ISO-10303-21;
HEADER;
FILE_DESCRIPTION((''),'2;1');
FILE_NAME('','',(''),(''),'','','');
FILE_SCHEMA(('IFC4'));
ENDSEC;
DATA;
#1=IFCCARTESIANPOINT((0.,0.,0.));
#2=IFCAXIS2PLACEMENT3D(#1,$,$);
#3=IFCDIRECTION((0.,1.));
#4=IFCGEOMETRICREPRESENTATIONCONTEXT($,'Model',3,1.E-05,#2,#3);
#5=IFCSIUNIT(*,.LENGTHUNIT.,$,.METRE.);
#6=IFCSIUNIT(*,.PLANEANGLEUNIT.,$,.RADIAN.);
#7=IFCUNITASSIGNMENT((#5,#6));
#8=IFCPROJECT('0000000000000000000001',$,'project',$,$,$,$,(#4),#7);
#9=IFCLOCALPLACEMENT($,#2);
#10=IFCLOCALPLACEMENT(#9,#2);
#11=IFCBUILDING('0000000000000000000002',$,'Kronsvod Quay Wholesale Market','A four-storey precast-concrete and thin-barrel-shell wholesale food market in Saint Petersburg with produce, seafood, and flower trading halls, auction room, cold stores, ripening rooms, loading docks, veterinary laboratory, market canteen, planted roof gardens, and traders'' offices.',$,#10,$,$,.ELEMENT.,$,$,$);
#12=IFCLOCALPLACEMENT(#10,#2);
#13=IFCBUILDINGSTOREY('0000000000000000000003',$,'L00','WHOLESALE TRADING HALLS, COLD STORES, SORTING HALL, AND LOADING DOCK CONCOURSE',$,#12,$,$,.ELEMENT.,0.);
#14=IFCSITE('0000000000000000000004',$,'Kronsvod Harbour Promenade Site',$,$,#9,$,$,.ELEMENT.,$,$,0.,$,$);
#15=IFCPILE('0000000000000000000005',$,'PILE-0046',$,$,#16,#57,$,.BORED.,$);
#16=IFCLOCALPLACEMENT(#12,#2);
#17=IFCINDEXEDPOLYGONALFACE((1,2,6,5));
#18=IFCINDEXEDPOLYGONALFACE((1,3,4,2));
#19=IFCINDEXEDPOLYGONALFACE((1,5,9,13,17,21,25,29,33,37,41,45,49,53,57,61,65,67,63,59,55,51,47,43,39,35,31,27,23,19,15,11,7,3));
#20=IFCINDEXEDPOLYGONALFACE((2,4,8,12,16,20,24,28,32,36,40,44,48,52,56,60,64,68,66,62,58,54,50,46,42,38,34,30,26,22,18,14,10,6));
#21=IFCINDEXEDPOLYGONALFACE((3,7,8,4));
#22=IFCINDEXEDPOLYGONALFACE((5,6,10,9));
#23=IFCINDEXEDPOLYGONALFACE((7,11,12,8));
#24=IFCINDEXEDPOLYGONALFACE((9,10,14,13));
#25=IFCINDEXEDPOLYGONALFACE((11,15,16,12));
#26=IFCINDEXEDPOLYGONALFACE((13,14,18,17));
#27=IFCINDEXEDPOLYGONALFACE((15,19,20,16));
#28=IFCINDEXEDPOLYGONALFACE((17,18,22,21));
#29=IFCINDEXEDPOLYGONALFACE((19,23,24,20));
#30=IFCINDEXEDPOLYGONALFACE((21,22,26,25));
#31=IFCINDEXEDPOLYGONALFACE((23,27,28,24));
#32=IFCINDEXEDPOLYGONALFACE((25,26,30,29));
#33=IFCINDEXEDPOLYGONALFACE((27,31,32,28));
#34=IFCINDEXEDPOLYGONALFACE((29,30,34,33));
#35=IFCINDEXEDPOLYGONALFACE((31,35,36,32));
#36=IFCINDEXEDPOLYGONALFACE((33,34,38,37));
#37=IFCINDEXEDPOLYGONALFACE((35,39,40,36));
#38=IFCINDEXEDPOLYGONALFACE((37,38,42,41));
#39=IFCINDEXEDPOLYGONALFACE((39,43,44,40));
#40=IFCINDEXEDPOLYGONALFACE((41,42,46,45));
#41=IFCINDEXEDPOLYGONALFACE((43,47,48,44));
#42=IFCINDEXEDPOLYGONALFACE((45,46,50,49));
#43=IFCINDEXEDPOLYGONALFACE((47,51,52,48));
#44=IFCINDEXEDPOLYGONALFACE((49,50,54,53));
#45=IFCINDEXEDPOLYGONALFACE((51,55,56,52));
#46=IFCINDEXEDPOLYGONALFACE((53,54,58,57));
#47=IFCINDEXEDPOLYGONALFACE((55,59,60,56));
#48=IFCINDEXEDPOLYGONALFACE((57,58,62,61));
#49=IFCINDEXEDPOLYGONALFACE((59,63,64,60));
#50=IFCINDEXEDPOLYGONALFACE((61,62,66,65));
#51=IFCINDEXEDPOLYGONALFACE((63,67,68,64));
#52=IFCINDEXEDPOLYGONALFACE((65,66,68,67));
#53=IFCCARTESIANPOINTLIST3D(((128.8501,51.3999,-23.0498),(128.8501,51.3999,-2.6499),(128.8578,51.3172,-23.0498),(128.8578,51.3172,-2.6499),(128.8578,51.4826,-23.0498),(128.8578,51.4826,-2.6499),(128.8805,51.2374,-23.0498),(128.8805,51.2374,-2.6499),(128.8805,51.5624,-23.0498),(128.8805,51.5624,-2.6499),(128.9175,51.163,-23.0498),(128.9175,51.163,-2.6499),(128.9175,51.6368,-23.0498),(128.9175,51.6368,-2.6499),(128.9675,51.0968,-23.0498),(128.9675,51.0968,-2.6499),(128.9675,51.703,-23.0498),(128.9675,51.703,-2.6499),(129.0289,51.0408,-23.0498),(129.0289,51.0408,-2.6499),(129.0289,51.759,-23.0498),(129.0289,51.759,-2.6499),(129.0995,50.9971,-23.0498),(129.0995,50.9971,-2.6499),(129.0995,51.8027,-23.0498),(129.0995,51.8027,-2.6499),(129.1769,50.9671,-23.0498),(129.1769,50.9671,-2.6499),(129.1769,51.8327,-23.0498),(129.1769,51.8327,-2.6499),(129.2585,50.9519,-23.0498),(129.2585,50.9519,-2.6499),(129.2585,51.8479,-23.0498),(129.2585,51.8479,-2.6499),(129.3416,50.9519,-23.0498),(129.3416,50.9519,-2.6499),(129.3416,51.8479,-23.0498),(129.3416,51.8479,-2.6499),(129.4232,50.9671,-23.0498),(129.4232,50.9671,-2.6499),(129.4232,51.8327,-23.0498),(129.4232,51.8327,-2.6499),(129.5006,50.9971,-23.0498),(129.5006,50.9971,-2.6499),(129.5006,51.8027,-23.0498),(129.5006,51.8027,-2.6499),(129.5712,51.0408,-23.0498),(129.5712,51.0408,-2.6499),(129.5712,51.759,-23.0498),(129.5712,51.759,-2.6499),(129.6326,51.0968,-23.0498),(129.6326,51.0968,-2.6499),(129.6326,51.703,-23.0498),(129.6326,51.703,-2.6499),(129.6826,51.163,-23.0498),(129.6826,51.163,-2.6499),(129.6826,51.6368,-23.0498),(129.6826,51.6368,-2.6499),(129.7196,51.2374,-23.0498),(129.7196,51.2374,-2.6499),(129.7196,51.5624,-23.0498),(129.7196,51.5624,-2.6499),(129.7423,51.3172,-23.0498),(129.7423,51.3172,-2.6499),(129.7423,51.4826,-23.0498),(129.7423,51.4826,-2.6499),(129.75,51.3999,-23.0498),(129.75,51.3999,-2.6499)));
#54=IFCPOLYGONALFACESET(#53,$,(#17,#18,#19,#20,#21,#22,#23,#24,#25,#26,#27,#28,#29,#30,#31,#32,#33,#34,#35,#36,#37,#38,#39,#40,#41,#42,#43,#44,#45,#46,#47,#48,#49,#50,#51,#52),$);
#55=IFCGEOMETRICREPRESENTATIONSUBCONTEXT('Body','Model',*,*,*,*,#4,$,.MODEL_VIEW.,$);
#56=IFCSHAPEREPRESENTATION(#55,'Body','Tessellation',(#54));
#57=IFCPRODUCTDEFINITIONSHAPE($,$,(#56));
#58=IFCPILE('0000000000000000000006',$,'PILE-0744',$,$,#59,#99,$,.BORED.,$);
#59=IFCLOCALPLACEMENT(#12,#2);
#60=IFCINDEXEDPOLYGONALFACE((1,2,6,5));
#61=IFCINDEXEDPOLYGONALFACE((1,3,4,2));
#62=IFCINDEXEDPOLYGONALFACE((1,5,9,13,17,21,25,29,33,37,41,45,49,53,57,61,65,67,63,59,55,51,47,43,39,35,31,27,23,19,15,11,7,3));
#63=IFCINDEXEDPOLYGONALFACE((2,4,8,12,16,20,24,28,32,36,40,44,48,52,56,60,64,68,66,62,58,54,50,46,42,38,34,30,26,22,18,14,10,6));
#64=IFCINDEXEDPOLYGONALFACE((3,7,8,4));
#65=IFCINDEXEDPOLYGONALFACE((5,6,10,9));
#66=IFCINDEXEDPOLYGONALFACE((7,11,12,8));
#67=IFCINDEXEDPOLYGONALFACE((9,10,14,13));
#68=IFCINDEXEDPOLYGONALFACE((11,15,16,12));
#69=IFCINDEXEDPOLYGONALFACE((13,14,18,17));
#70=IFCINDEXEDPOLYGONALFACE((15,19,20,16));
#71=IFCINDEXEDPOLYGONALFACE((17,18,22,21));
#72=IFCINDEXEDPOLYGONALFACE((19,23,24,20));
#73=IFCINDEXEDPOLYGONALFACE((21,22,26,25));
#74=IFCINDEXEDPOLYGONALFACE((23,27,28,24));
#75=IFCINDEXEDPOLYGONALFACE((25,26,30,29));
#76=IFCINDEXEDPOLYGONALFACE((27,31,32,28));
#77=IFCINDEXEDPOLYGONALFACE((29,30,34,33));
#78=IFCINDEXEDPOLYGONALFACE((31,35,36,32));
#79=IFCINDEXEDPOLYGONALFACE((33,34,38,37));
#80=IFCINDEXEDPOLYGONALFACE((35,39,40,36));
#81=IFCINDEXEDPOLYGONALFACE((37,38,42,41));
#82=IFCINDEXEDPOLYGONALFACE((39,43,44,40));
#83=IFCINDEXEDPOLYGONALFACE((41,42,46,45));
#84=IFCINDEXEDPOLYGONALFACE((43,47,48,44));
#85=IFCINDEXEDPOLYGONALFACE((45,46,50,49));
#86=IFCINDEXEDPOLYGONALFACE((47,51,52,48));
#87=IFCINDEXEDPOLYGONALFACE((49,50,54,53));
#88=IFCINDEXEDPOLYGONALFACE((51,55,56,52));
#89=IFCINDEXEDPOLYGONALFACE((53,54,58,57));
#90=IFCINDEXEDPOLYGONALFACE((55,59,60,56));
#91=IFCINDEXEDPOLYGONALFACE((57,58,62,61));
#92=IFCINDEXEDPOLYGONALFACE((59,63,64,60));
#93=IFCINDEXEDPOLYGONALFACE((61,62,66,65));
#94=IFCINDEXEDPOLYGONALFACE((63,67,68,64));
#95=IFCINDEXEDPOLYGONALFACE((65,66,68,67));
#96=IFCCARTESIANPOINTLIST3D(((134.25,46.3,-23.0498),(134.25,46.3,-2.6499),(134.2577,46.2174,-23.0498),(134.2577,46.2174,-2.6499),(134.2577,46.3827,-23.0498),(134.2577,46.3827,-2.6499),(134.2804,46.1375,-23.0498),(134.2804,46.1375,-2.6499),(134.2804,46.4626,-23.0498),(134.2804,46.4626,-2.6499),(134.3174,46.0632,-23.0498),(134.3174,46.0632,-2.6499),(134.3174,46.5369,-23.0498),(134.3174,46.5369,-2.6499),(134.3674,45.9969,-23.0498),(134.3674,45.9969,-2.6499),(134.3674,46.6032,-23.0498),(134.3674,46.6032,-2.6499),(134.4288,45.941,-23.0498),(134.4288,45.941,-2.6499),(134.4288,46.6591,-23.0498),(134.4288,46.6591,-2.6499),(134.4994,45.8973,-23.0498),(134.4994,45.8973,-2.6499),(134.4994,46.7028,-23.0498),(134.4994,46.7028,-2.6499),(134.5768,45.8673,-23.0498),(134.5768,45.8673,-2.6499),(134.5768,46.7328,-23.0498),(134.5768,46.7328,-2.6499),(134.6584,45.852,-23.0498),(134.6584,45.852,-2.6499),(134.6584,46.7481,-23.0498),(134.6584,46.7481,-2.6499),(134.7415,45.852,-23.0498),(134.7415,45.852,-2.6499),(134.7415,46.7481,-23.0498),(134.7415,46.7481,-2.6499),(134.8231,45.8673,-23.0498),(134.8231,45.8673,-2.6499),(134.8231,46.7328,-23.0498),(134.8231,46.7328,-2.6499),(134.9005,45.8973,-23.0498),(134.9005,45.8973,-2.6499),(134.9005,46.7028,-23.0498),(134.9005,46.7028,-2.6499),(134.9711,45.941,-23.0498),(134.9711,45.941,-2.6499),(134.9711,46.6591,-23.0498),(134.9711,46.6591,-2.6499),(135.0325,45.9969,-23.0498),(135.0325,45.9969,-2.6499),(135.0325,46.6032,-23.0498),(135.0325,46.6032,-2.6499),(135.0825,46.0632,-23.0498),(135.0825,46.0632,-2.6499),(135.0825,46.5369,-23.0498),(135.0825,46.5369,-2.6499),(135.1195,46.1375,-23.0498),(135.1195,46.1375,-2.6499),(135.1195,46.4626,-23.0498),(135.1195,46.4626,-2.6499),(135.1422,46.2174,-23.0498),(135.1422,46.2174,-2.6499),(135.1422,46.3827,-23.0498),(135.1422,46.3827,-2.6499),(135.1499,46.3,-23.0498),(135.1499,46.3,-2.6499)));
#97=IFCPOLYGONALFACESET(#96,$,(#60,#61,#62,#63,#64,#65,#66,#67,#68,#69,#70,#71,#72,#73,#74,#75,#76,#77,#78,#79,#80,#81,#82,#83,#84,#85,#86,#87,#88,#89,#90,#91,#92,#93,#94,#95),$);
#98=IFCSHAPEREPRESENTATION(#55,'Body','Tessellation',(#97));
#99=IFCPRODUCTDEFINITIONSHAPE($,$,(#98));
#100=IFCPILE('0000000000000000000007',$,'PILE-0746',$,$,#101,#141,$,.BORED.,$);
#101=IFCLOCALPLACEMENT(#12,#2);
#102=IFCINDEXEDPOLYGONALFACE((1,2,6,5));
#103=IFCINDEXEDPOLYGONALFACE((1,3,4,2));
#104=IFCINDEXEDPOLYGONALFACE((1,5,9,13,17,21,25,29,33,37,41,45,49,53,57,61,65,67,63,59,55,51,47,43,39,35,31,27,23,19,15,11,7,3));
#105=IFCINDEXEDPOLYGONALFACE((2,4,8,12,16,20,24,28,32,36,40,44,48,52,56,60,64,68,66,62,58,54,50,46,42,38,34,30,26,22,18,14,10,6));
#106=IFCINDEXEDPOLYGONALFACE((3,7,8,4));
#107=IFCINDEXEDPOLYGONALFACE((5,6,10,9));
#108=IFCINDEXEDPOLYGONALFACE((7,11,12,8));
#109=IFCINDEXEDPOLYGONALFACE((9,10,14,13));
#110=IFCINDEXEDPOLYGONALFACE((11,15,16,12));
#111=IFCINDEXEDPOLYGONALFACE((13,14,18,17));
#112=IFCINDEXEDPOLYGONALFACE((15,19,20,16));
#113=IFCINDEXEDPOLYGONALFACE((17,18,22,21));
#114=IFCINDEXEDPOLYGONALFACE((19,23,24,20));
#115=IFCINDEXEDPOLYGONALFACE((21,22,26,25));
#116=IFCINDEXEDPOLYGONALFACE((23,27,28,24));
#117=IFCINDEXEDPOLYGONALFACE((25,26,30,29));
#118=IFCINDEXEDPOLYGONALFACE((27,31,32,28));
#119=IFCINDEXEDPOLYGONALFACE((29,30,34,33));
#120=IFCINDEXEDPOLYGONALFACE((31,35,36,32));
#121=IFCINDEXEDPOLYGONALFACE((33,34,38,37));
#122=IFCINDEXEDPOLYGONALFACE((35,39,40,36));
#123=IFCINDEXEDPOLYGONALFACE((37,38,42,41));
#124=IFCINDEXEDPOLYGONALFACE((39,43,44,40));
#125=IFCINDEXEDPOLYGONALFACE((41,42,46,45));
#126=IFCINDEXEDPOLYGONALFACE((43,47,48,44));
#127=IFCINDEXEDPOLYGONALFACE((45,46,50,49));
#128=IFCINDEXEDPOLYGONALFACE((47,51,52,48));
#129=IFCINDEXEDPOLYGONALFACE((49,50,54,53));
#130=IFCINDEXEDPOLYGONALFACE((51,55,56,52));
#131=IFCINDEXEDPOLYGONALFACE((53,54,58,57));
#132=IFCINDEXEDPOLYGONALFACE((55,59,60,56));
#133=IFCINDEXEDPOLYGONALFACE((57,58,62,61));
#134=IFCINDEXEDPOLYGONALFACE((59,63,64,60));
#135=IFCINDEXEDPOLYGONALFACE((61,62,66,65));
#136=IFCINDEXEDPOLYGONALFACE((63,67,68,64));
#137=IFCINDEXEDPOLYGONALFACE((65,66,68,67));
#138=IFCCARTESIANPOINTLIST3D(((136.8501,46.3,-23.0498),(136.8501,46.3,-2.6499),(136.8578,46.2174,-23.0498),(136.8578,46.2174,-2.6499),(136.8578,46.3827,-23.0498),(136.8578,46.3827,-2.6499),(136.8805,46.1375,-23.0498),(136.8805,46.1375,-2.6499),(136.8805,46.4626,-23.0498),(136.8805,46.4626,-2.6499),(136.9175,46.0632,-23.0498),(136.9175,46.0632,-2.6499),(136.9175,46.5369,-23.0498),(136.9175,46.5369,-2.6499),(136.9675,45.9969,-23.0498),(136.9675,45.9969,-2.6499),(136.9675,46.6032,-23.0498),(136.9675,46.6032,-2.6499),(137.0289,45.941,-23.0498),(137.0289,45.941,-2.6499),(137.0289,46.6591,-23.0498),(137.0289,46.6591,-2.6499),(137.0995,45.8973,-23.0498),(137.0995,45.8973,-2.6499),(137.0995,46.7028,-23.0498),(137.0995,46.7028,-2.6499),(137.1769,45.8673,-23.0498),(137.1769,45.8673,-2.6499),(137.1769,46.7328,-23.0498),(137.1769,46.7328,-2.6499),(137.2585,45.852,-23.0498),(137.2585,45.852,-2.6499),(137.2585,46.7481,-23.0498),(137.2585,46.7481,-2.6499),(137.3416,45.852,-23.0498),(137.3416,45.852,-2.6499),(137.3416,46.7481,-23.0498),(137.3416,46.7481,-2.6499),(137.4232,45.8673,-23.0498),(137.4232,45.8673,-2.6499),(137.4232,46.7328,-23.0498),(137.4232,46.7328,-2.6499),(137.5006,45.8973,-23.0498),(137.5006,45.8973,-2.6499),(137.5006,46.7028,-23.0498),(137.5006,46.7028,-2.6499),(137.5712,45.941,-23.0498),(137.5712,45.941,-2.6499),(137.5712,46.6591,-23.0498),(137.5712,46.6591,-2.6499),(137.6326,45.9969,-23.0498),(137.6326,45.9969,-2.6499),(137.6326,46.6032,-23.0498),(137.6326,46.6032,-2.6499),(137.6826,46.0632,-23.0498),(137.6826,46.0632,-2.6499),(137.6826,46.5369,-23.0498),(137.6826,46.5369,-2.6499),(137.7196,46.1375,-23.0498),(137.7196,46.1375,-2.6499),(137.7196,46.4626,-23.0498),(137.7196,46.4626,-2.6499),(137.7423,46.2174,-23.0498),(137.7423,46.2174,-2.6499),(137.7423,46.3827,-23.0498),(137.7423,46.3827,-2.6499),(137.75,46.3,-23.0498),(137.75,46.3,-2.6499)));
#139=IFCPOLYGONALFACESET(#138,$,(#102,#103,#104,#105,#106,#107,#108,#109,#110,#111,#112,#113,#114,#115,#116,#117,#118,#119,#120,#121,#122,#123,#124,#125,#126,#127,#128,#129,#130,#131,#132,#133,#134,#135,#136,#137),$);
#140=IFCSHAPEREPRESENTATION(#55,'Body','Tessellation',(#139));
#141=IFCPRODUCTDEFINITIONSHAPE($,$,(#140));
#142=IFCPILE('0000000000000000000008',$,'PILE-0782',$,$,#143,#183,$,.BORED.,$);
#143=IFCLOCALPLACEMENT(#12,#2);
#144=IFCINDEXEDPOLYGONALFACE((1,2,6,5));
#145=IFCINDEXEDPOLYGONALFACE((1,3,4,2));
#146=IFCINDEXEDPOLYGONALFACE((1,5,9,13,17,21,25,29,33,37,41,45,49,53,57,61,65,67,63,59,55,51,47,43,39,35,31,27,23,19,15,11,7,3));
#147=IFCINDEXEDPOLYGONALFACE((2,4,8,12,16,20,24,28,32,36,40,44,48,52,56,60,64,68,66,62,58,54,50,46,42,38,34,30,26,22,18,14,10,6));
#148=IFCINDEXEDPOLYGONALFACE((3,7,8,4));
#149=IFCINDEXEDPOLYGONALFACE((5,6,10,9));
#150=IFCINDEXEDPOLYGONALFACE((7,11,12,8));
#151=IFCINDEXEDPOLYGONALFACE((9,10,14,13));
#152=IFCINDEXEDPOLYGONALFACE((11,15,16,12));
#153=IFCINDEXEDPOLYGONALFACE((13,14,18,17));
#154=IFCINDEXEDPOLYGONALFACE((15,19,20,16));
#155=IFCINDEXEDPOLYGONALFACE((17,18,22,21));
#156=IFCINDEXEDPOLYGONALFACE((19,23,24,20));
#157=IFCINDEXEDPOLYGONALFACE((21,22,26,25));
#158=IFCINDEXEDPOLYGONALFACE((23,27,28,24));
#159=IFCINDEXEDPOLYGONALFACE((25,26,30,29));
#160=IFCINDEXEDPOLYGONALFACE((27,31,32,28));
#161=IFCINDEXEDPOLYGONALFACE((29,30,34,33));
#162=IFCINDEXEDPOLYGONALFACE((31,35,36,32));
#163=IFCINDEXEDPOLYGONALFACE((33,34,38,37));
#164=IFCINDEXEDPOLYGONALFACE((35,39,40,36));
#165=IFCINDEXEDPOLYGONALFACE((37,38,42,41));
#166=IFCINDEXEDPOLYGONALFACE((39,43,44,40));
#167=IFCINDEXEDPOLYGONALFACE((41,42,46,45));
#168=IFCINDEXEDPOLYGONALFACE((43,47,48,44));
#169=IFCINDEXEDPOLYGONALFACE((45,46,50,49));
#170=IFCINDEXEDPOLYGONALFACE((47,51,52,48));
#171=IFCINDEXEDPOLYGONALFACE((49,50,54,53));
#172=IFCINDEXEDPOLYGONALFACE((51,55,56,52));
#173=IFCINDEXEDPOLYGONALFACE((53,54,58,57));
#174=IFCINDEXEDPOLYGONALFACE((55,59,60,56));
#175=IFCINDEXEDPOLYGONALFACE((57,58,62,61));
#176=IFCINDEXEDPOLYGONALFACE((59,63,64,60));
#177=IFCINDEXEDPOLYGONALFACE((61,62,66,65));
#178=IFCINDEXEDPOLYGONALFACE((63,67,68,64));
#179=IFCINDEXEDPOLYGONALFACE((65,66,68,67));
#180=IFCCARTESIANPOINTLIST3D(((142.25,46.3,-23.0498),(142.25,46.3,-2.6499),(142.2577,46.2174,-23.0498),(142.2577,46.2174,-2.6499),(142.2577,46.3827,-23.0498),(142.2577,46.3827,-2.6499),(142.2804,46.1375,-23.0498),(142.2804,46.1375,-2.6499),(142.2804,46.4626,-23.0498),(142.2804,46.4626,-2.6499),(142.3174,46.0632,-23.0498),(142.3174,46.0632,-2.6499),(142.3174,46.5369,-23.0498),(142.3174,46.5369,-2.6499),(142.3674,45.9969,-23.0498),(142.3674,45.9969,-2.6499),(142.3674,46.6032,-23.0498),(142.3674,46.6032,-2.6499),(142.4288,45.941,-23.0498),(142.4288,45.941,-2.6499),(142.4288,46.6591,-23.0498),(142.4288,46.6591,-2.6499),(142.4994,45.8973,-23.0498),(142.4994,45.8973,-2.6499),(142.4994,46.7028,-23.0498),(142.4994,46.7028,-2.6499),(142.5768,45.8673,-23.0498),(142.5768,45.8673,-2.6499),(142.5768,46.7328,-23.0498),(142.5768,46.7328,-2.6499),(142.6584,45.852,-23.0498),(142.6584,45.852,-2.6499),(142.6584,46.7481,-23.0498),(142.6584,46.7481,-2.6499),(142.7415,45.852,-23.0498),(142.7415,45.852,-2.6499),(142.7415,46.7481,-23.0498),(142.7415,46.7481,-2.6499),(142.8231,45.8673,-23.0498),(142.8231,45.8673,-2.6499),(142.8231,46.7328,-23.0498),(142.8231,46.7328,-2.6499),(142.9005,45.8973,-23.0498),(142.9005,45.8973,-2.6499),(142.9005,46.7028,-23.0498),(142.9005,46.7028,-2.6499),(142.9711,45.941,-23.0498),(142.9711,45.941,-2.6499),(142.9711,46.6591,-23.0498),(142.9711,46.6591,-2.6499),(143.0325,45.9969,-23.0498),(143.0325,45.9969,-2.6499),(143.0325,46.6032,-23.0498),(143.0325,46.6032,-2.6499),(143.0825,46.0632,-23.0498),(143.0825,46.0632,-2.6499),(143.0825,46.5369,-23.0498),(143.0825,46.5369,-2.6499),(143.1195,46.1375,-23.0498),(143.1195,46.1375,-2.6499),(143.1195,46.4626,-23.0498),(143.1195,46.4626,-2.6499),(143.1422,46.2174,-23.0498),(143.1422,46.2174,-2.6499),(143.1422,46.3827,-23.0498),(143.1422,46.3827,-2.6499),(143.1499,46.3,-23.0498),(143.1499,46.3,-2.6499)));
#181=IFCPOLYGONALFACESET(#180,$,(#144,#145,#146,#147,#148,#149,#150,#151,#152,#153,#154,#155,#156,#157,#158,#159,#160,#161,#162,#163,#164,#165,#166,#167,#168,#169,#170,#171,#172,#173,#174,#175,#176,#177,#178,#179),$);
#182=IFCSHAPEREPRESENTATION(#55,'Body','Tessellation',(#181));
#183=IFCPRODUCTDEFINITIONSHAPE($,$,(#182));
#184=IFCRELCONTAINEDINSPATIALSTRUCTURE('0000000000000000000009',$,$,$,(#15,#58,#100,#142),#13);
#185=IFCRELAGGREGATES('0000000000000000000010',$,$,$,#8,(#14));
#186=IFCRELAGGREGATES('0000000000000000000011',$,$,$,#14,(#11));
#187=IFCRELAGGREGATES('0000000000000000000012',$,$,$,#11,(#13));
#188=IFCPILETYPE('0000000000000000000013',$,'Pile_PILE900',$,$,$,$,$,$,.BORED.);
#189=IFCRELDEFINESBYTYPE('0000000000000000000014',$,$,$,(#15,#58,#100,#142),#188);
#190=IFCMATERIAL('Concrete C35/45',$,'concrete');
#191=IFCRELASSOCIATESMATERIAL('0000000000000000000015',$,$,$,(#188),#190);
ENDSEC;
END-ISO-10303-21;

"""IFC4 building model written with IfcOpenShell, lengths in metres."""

from ifc_helpers import new_model, si_unit, direction, frame, origin, origin_2d, place, context, subcontext, project, spatial, circle, extrude, material, material_profile, profile_set, type_object, element, save


model = new_model("IFC4")

# Units and contexts
model_context = context("Model", 3, precision=1e-05, world=origin(), true_north=direction((0.0, 1.0)))
body_context = subcontext(model_context, "Body", "Model", "MODEL_VIEW")
ifc_project = project(units=[si_unit("LENGTHUNIT", "METRE"), si_unit("PLANEANGLEUNIT", "RADIAN")], contexts=[model_context])

# Site, building, storey
site_placement = place(None, origin())
site = spatial("IfcSite", under=ifc_project, at=site_placement, Name="Kronsvod Harbour Promenade Site", CompositionType="ELEMENT", RefElevation=0.0)
building_placement = place(site_placement, origin())
building = spatial("IfcBuilding", under=site, at=building_placement, Name="Kronsvod Quay Wholesale Market", Description="A four-storey precast-concrete and thin-barrel-shell wholesale food market in Saint Petersburg with produce, seafood, and flower trading halls, auction room, cold stores, ripening rooms, loading docks, veterinary laboratory, market canteen, planted roof gardens, and traders' offices.", CompositionType="ELEMENT")
storey_placement = place(building_placement, origin())
storey = spatial("IfcBuildingStorey", under=building, at=storey_placement, Name="L00", Description="WHOLESALE TRADING HALLS, COLD STORES, SORTING HALL, AND LOADING DOCK CONCOURSE", CompositionType="ELEMENT", Elevation=0.0)

# Piles
ifc_material_1 = material(Name="Concrete C35/45", Category="concrete")
ifc_material_profile_1 = material_profile(ifc_material_1, circle(Radius=0.45, at=origin_2d()), Name="PILE900")
ifc_profile_set_1 = profile_set([ifc_material_profile_1], Name="Concrete C35/45")
pile_type_1 = type_object("IfcPileType", Name="Pile_PILE900", PredefinedType="BORED", material=ifc_profile_set_1)
for number, where, z_axis, x_axis, name in (
    (1, (129.3, 51.3999, -2.6499), (0.0, 0.0, -1.0), (1.0, 0.0, 0.0), "PILE-0046"),
    (2, (134.7, 46.3, -2.6499), (0.0, 0.0, -1.0), (1.0, 0.0, 0.0), "PILE-0744"),
    (3, (137.3, 46.3, -2.6499), (0.0, 0.0, -1.0), (1.0, 0.0, 0.0), "PILE-0746"),
    (4, (142.7, 46.3, -2.6499), (0.0, 0.0, -1.0), (1.0, 0.0, 0.0), "PILE-0782"),
):
    element("IfcPile", number, at=place(storey_placement, frame(where, z_axis=z_axis, x_axis=x_axis)), inside=storey, type_object=pile_type_1, Name=name, PredefinedType="BORED", context=body_context, shape_type="SweptSolid", body=[
        extrude(circle(Radius=0.45, at=origin_2d()), origin(), (0.0, 0.0, 1.0), 20.3999),
    ])

save(model, "model.ifc")
